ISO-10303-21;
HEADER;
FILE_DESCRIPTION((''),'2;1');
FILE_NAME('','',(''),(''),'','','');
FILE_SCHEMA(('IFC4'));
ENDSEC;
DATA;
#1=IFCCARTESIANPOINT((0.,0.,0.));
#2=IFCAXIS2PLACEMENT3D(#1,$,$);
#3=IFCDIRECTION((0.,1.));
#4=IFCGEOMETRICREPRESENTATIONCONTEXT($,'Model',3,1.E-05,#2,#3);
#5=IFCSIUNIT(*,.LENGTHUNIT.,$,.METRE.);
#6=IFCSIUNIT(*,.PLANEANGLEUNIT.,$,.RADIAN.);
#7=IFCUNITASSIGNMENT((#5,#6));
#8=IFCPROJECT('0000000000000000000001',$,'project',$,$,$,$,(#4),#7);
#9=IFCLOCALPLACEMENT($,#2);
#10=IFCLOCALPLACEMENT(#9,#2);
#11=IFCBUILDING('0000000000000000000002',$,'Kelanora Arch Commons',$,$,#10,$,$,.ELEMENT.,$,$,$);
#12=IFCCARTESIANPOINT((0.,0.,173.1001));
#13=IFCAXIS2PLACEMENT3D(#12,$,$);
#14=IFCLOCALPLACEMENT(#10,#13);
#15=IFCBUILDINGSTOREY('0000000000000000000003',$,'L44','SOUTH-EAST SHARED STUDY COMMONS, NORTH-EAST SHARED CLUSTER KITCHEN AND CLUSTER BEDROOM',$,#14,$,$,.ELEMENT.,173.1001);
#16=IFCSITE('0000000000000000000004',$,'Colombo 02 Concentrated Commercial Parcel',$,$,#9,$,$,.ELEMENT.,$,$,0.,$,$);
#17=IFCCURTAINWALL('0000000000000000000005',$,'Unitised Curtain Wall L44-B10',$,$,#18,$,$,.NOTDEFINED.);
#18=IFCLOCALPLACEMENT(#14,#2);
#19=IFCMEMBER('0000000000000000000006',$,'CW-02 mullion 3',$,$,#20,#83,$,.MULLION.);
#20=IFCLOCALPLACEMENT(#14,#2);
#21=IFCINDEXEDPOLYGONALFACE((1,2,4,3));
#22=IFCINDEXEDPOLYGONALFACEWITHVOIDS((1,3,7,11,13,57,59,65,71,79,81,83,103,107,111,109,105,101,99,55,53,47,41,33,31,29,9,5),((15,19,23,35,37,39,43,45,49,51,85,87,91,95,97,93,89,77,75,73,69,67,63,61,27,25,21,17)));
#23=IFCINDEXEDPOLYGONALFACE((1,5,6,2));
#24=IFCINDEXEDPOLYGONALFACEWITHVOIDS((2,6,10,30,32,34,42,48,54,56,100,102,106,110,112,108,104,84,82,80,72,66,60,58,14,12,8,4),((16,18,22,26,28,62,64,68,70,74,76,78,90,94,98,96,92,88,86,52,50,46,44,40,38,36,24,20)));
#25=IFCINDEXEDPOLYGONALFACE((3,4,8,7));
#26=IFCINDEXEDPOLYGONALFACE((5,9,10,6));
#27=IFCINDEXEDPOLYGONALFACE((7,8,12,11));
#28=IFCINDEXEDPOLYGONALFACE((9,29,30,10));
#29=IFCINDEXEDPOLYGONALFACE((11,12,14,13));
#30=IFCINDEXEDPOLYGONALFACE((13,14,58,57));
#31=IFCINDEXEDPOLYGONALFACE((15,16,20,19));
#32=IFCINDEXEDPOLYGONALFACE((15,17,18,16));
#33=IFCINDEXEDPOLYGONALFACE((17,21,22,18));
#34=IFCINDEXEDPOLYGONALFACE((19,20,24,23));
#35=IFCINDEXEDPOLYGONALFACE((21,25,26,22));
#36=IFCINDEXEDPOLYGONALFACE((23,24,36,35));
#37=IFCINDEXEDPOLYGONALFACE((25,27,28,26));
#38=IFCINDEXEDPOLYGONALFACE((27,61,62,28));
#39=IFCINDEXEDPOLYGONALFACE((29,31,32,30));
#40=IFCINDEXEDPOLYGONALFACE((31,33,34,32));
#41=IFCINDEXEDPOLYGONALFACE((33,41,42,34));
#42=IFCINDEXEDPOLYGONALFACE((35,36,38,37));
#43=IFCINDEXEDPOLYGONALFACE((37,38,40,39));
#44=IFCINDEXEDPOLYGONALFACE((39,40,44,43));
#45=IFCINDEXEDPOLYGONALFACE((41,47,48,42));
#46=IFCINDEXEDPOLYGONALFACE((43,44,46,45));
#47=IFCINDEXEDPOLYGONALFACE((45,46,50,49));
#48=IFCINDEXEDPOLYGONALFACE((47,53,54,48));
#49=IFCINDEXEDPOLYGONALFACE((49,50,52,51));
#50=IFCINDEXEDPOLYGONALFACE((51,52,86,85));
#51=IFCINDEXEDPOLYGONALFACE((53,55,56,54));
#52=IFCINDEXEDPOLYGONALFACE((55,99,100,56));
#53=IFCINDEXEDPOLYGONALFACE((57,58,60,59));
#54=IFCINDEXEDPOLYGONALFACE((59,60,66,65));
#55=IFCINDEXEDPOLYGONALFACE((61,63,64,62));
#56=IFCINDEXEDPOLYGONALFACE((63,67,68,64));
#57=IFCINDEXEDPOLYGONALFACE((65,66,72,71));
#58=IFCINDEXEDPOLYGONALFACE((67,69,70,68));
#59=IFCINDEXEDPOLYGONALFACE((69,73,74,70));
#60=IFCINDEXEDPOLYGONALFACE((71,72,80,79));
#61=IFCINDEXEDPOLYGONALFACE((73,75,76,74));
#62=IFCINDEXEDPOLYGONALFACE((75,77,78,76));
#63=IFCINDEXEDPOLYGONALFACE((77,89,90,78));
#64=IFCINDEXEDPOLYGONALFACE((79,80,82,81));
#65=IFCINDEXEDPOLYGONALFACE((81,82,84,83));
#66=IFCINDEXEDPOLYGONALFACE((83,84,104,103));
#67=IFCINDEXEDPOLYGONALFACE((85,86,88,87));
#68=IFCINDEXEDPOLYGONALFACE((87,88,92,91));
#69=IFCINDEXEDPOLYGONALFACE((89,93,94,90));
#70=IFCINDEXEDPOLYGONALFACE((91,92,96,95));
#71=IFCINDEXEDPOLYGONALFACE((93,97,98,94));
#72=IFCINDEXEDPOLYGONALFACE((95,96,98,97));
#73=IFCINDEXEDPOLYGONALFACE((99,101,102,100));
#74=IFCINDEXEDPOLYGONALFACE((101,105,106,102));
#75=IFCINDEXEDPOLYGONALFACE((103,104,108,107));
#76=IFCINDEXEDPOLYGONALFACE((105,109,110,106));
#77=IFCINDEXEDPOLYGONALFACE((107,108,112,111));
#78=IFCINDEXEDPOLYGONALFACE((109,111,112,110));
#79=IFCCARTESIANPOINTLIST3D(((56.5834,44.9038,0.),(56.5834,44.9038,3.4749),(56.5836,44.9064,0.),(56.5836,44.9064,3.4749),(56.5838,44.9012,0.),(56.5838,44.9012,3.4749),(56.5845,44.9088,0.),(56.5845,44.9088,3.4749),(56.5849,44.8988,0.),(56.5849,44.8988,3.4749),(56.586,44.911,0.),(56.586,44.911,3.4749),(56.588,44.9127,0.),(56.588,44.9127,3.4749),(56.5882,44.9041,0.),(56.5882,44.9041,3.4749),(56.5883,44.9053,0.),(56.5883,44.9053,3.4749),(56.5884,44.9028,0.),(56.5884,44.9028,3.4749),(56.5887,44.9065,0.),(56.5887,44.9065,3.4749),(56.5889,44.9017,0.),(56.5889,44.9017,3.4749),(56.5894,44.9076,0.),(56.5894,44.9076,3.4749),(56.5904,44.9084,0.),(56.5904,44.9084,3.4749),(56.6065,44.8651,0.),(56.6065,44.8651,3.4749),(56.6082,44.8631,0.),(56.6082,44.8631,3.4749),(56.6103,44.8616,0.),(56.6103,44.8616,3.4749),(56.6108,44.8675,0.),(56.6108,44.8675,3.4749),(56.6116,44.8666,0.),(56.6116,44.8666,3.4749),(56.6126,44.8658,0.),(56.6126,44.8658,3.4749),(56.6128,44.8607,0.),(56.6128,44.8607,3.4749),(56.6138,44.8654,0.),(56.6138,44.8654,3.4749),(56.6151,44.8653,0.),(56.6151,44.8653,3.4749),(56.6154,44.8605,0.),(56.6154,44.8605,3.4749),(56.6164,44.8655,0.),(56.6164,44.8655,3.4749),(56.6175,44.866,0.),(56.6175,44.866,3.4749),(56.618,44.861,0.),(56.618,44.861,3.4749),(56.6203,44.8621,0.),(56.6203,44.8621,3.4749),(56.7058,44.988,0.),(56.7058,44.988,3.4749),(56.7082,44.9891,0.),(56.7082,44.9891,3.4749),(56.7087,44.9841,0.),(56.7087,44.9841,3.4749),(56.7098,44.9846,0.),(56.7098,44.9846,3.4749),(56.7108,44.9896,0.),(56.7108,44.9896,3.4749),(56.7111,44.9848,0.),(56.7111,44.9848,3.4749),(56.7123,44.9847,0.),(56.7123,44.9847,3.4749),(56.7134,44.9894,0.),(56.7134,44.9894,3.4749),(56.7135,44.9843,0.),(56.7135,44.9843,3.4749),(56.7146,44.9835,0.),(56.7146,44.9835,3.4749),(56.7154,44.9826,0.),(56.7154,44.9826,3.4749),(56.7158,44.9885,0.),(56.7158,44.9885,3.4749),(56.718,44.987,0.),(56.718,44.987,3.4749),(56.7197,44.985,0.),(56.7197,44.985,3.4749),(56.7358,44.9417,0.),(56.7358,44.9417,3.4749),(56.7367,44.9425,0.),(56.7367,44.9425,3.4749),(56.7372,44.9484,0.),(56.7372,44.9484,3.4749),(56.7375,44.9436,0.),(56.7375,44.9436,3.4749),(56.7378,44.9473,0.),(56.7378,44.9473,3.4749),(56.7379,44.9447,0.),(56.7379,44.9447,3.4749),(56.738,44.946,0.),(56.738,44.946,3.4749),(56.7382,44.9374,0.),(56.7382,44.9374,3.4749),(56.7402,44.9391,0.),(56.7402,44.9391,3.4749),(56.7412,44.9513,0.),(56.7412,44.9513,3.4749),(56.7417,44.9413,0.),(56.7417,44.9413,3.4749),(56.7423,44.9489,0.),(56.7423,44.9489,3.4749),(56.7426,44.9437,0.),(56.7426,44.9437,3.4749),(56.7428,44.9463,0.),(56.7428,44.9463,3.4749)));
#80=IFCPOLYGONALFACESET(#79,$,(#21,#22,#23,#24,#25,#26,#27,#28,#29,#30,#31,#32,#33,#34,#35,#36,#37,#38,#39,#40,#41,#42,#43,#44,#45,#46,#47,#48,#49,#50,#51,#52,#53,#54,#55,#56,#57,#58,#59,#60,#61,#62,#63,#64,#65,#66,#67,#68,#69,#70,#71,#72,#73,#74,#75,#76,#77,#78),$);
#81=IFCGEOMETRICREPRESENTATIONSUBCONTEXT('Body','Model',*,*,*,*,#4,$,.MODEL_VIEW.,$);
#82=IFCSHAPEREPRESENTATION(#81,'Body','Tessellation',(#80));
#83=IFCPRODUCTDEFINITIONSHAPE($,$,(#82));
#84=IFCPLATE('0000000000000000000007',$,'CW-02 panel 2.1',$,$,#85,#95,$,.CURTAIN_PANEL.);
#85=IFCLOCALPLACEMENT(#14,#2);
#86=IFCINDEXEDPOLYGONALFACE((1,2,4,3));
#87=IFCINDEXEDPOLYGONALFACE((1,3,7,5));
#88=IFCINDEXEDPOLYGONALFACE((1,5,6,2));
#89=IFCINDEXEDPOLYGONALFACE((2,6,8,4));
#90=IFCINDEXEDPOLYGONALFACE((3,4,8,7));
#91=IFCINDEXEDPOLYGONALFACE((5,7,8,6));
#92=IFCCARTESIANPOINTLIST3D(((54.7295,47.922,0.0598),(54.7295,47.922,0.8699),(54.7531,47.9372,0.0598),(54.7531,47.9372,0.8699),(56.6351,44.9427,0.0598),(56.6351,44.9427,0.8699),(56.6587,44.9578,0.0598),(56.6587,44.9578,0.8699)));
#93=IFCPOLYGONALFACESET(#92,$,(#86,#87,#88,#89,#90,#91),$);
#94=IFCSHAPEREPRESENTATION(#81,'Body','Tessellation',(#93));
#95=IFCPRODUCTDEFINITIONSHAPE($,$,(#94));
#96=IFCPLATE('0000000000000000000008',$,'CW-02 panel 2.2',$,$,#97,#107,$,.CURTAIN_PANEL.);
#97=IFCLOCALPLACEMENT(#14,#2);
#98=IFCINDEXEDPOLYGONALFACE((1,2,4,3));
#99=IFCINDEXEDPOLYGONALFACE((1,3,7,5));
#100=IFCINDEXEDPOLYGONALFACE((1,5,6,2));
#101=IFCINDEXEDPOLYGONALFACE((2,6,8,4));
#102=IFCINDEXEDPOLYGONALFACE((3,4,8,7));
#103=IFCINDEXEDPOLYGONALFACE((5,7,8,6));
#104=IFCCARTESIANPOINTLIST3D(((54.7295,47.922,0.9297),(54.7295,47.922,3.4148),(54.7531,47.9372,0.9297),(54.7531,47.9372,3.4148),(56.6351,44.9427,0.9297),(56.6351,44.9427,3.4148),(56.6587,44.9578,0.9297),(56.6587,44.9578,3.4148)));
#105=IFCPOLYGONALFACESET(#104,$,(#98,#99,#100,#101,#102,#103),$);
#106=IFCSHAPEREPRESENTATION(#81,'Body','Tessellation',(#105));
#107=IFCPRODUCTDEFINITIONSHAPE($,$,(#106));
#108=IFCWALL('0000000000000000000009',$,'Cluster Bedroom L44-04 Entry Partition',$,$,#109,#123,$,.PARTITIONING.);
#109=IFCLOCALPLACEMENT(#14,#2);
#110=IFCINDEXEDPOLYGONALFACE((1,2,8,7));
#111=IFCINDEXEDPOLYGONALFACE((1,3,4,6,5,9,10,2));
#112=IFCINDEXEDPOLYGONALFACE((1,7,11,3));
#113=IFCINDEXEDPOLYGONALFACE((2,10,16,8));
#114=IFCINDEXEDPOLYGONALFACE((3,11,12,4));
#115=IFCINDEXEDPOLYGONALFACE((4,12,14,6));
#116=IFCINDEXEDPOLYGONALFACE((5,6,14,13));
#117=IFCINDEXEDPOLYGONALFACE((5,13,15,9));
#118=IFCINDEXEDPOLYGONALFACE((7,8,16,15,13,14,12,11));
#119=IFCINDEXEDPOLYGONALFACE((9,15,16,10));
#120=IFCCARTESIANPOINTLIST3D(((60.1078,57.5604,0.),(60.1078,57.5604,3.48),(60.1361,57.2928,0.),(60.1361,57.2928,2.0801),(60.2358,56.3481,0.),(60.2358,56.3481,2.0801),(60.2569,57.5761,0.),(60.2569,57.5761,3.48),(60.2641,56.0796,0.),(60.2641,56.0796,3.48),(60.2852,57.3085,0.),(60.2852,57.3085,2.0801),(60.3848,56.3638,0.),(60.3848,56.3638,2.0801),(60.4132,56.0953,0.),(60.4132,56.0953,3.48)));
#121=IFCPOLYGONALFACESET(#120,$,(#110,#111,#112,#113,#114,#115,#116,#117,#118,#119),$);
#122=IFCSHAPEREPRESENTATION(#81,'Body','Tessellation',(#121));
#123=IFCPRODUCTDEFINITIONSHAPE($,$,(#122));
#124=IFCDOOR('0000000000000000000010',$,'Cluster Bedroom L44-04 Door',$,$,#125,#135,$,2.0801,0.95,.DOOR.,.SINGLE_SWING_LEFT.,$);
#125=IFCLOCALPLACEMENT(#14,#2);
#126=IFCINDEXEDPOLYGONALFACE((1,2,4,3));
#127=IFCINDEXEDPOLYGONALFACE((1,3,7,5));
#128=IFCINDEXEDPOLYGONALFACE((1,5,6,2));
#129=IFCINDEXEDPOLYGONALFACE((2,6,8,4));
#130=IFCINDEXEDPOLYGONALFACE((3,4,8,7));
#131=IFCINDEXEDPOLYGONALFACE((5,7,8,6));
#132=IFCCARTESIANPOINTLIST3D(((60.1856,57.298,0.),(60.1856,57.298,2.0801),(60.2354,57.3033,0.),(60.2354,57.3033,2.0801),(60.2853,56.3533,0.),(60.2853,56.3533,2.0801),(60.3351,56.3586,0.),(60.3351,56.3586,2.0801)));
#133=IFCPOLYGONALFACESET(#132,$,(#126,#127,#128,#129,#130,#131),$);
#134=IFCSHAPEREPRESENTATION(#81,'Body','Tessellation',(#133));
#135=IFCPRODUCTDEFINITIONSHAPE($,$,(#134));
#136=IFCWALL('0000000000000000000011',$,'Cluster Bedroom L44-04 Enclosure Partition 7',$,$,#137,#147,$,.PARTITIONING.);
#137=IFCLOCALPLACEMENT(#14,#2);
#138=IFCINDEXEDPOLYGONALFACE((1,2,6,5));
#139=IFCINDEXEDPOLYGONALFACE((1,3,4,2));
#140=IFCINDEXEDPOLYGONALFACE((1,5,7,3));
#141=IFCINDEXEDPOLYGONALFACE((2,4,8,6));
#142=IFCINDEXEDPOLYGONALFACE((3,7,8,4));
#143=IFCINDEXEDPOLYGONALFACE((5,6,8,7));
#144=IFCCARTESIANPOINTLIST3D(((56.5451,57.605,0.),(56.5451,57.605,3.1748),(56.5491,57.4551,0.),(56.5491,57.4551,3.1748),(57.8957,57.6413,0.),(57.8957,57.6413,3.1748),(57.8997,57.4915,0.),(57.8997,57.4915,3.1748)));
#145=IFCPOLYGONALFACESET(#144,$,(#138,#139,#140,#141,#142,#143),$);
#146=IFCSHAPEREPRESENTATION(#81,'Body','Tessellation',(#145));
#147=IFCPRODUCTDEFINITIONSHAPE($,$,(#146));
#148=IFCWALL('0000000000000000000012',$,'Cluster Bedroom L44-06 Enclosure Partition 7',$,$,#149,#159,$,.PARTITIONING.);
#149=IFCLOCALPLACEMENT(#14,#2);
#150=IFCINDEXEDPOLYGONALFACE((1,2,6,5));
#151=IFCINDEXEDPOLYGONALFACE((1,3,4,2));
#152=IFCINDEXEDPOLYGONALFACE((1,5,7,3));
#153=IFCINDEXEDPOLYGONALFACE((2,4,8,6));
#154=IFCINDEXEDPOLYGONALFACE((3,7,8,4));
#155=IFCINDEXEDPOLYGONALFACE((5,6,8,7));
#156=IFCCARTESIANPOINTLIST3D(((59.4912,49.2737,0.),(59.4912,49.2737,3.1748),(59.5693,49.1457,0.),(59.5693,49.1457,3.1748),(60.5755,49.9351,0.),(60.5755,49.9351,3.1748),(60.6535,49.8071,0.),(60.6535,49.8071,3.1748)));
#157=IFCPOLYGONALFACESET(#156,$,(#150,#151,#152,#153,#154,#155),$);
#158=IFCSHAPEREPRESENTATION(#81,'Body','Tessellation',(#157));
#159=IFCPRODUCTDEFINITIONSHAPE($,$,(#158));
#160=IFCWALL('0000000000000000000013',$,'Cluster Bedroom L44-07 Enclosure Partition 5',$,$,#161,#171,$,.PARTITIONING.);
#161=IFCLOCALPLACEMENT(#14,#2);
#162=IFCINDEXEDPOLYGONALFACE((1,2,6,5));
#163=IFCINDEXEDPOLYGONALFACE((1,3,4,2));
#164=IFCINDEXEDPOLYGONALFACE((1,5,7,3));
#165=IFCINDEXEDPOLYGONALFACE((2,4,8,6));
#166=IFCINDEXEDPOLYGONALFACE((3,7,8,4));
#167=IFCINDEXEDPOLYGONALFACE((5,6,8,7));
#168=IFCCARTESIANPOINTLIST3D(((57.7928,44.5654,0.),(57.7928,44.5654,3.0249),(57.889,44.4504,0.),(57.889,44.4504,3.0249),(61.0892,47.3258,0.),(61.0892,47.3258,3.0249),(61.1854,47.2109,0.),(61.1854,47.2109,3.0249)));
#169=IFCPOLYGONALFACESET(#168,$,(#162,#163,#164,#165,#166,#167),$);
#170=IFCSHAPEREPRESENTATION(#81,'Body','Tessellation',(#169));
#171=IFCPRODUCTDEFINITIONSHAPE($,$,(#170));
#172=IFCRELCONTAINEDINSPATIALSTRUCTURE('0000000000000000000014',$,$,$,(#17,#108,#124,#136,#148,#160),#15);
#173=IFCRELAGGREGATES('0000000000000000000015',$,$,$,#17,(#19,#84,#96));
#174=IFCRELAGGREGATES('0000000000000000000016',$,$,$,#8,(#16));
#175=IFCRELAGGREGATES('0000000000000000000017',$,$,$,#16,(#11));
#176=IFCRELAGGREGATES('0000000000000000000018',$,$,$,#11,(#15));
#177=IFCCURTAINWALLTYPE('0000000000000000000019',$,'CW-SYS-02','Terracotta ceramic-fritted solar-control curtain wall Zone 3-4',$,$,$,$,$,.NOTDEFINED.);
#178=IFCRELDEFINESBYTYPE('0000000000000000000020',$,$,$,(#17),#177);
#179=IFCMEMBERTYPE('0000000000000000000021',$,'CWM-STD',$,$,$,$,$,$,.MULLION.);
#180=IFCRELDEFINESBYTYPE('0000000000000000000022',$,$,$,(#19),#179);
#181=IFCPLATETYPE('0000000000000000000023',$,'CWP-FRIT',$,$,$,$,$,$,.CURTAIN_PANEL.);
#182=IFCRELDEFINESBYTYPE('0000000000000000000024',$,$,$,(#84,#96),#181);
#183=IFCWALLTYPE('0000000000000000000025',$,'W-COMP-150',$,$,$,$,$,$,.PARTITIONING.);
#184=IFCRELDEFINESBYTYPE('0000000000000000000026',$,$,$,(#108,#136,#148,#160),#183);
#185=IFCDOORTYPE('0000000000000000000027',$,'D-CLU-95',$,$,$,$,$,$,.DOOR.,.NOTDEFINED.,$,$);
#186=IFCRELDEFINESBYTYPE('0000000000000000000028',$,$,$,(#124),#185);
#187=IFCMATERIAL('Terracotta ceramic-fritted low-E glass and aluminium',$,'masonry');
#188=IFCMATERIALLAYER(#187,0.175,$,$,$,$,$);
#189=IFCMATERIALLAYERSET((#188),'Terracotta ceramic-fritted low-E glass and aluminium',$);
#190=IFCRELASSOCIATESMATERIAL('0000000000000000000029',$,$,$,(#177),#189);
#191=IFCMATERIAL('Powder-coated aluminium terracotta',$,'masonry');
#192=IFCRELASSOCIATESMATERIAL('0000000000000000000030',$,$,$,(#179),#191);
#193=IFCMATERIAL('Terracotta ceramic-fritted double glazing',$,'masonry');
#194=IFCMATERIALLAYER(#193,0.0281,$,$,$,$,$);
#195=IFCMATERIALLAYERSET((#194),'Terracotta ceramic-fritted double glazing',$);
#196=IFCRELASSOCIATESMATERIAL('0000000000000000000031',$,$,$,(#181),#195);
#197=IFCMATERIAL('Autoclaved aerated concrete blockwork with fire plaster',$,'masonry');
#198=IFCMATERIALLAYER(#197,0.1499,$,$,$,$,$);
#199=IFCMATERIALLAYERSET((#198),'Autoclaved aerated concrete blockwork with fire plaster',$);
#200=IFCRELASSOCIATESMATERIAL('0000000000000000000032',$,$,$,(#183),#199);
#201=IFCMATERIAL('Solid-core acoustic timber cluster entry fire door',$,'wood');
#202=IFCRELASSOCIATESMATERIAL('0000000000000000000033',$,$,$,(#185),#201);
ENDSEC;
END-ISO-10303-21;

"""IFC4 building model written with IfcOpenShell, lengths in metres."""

from ifc_helpers import new_model, si_unit, direction, frame, frame_2d, origin, origin_2d, place, context, subcontext, project, spatial, rectangle, hollow_rectangle, extrude, source, transform, mapped, material, layer, layer_set, material_profile, profile_set, type_object, element, fill, aggregate, save


model = new_model("IFC4")

# Units and contexts
model_context = context("Model", 3, precision=1e-05, world=origin(), true_north=direction((0.0, 1.0)))
body_context = subcontext(model_context, "Body", "Model", "MODEL_VIEW")
ifc_project = project(units=[si_unit("LENGTHUNIT", "METRE"), si_unit("PLANEANGLEUNIT", "RADIAN")], contexts=[model_context])

# Site, building, storey
site_placement = place(None, origin())
site = spatial("IfcSite", under=ifc_project, at=site_placement, Name="Colombo 02 Concentrated Commercial Parcel", CompositionType="ELEMENT", RefElevation=0.0)
building_placement = place(site_placement, origin())
building = spatial("IfcBuilding", under=site, at=building_placement, Name="Kelanora Arch Commons", CompositionType="ELEMENT")
storey_placement = place(building_placement, frame((0.0, 0.0, 173.1001)))
storey = spatial("IfcBuildingStorey", under=building, at=storey_placement, Name="L44", Description="SOUTH-EAST SHARED STUDY COMMONS, NORTH-EAST SHARED CLUSTER KITCHEN AND CLUSTER BEDROOM", CompositionType="ELEMENT", Elevation=173.1001)

# Curtain wall, member, plates
ifc_material_1 = material(Name="Terracotta ceramic-fritted low-E glass and aluminium", Category="masonry")
ifc_layer_1 = layer(ifc_material_1, 0.175)
ifc_layer_set_1 = layer_set([ifc_layer_1], Name="Terracotta ceramic-fritted low-E glass and aluminium")
curtain_wall_type = type_object("IfcCurtainWallType", Name="CW-SYS-02", Description="Terracotta ceramic-fritted solar-control curtain wall Zone 3-4", PredefinedType="NOTDEFINED", material=ifc_layer_set_1)
curtain_wall_placement = place(storey_placement, origin())
curtain_wall = element("IfcCurtainWall", 1, at=curtain_wall_placement, inside=storey, type_object=curtain_wall_type, Name="Unitised Curtain Wall L44-B10", PredefinedType="NOTDEFINED")
ifc_material_2 = material(Name="Powder-coated aluminium terracotta", Category="masonry")
ifc_material_profile_1 = material_profile(ifc_material_2, hollow_rectangle(XDim=0.1599, YDim=0.0601, WallThickness=0.0049, InnerFilletRadius=0.0049, OuterFilletRadius=0.01, at=origin_2d()), Name="CWM160x60")
ifc_profile_set_1 = profile_set([ifc_material_profile_1], Name="Powder-coated aluminium terracotta")
member_type = type_object("IfcMemberType", Name="CWM-STD", PredefinedType="MULLION", material=ifc_profile_set_1)
member_placement = place(storey_placement, frame((56.6631, 44.925, 0.0), z_axis=(0.0, 0.0, 1.0), x_axis=(0.842423, 0.538817, 0.0)))
member = element("IfcMember", 2, at=member_placement, type_object=member_type, Name="CW-02 mullion 3", PredefinedType="MULLION", context=body_context, shape_type="SweptSolid", body=[
    extrude(hollow_rectangle(XDim=0.1599, YDim=0.0601, WallThickness=0.0049, InnerFilletRadius=0.0049, OuterFilletRadius=0.01, at=origin_2d()), origin(), (0.0, 0.0, 1.0), 3.4749),
])
ifc_material_3 = material(Name="Terracotta ceramic-fritted double glazing", Category="masonry")
ifc_layer_2 = layer(ifc_material_3, 0.0281)
ifc_layer_set_2 = layer_set([ifc_layer_2], Name="Terracotta ceramic-fritted double glazing")
plate_type = type_object("IfcPlateType", Name="CWP-FRIT", PredefinedType="CURTAIN_PANEL", material=ifc_layer_set_2)
shared_shape_1 = source(origin(), body_context, "Body", "SweptSolid", [
    extrude(rectangle(XDim=3.5366, YDim=0.0281, at=origin_2d()), origin(), (0.0, 0.0, 1.0), 0.8101),
])
plate_1_placement = place(storey_placement, frame((55.6941, 46.4399, 0.0598), z_axis=(0.0, 0.0, 1.0), x_axis=(0.538817, -0.842423, 0.0)))
plate_1 = element("IfcPlate", 3, at=plate_1_placement, type_object=plate_type, Name="CW-02 panel 2.1", PredefinedType="CURTAIN_PANEL", context=body_context, shape_type="MappedRepresentation", body=[
    mapped(shared_shape_1, transform((0.0, 0.0, 0.0), scale=1.0)),
])
shared_shape_2 = source(origin(), body_context, "Body", "SweptSolid", [
    extrude(rectangle(XDim=3.5366, YDim=0.0281, at=origin_2d()), origin(), (0.0, 0.0, 1.0), 2.4851),
])
plate_2_placement = place(storey_placement, frame((55.6941, 46.4399, 0.9297), z_axis=(0.0, 0.0, 1.0), x_axis=(0.538817, -0.842423, 0.0)))
plate_2 = element("IfcPlate", 4, at=plate_2_placement, type_object=plate_type, Name="CW-02 panel 2.2", PredefinedType="CURTAIN_PANEL", context=body_context, shape_type="MappedRepresentation", body=[
    mapped(shared_shape_2, transform((0.0, 0.0, 0.0), scale=1.0)),
])
aggregate(curtain_wall, [member, plate_1, plate_2])

# Wall, opening, door
ifc_material_4 = material(Name="Autoclaved aerated concrete blockwork with fire plaster", Category="masonry")
ifc_layer_3 = layer(ifc_material_4, 0.1499)
ifc_layer_set_3 = layer_set([ifc_layer_3], Name="Autoclaved aerated concrete blockwork with fire plaster")
wall_type_1 = type_object("IfcWallType", Name="W-COMP-150", PredefinedType="PARTITIONING", material=ifc_layer_set_3)
wall_1_placement = place(storey_placement, frame((60.1824, 57.5684, 0.0), z_axis=(0.0, 0.0, 1.0), x_axis=(0.104941, -0.994478, 0.0)))
wall_1 = element("IfcWall", 5, at=wall_1_placement, inside=storey, type_object=wall_type_1, Name="Cluster Bedroom L44-04 Entry Partition", PredefinedType="PARTITIONING", context=body_context, shape_type="SweptSolid", body=[
    extrude(rectangle(XDim=1.489, YDim=0.1499, at=frame_2d((0.7446, 0.0))), origin(), (0.0, 0.0, 1.0), 3.48),
])
opening_1_placement = place(wall_1_placement, frame((0.269, 0.0, 0.0)))
opening_1 = element("IfcOpeningElement", 6, at=opening_1_placement, cuts=wall_1, PredefinedType="OPENING", context=body_context, shape_type="SweptSolid", body=[
    extrude(rectangle(XDim=0.95, YDim=2.0801, at=frame_2d((0.4751, 1.04))), frame((0.0, 0.085, 0.0), z_axis=(0.0, -1.0, 0.0), x_axis=(1.0, 0.0, 0.0)), (0.0, 0.0, 1.0), 0.1699),
])
ifc_material_5 = material(Name="Solid-core acoustic timber cluster entry fire door", Category="wood")
door_type_1 = type_object("IfcDoorType", Name="D-CLU-95", OperationType="NOTDEFINED", PredefinedType="DOOR", material=ifc_material_5)
door_1_placement = place(opening_1_placement, origin())
door_1 = element("IfcDoor", 7, at=door_1_placement, inside=storey, type_object=door_type_1, Name="Cluster Bedroom L44-04 Door", OperationType="SINGLE_SWING_LEFT", OverallHeight=2.0801, OverallWidth=0.95, PredefinedType="DOOR", context=body_context, shape_type="SweptSolid", body=[
    extrude(rectangle(XDim=0.95, YDim=2.0801, at=frame_2d((0.4751, 1.04))), frame((0.0, 0.0249, 0.0), z_axis=(0.0, -1.0, 0.0), x_axis=(1.0, 0.0, 0.0)), (0.0, 0.0, 1.0), 0.05),
])
fill(opening_1, door_1)

# Walls
wall_2_placement = place(storey_placement, frame((56.5471, 57.53, 0.0), z_axis=(0.0, 0.0, 1.0), x_axis=(0.999637, 0.026924, 0.0)))
element("IfcWall", 8, at=wall_2_placement, inside=storey, type_object=wall_type_1, Name="Cluster Bedroom L44-04 Enclosure Partition 7", PredefinedType="PARTITIONING", context=body_context, shape_type="SweptSolid", body=[
    extrude(rectangle(XDim=1.3511, YDim=0.1499, at=frame_2d((0.6755, 0.0))), origin(), (0.0, 0.0, 1.0), 3.1748),
])
wall_3_placement = place(storey_placement, frame((59.5303, 49.2097, 0.0), z_axis=(0.0, 0.0, 1.0), x_axis=(0.853704, 0.520758, 0.0)))
element("IfcWall", 9, at=wall_3_placement, inside=storey, type_object=wall_type_1, Name="Cluster Bedroom L44-06 Enclosure Partition 7", PredefinedType="PARTITIONING", context=body_context, shape_type="SweptSolid", body=[
    extrude(rectangle(XDim=1.27, YDim=0.1499, at=frame_2d((0.635, 0.0))), origin(), (0.0, 0.0, 1.0), 3.1748),
])
wall_4_placement = place(storey_placement, frame((57.8408, 44.5078, 0.0), z_axis=(0.0, 0.0, 1.0), x_axis=(0.766674, 0.642037, 0.0)))
element("IfcWall", 10, at=wall_4_placement, inside=storey, type_object=wall_type_1, Name="Cluster Bedroom L44-07 Enclosure Partition 5", PredefinedType="PARTITIONING", context=body_context, shape_type="SweptSolid", body=[
    extrude(rectangle(XDim=4.2996, YDim=0.1499, at=frame_2d((2.1499, 0.0))), origin(), (0.0, 0.0, 1.0), 3.0249),
])

save(model, "model.ifc")
